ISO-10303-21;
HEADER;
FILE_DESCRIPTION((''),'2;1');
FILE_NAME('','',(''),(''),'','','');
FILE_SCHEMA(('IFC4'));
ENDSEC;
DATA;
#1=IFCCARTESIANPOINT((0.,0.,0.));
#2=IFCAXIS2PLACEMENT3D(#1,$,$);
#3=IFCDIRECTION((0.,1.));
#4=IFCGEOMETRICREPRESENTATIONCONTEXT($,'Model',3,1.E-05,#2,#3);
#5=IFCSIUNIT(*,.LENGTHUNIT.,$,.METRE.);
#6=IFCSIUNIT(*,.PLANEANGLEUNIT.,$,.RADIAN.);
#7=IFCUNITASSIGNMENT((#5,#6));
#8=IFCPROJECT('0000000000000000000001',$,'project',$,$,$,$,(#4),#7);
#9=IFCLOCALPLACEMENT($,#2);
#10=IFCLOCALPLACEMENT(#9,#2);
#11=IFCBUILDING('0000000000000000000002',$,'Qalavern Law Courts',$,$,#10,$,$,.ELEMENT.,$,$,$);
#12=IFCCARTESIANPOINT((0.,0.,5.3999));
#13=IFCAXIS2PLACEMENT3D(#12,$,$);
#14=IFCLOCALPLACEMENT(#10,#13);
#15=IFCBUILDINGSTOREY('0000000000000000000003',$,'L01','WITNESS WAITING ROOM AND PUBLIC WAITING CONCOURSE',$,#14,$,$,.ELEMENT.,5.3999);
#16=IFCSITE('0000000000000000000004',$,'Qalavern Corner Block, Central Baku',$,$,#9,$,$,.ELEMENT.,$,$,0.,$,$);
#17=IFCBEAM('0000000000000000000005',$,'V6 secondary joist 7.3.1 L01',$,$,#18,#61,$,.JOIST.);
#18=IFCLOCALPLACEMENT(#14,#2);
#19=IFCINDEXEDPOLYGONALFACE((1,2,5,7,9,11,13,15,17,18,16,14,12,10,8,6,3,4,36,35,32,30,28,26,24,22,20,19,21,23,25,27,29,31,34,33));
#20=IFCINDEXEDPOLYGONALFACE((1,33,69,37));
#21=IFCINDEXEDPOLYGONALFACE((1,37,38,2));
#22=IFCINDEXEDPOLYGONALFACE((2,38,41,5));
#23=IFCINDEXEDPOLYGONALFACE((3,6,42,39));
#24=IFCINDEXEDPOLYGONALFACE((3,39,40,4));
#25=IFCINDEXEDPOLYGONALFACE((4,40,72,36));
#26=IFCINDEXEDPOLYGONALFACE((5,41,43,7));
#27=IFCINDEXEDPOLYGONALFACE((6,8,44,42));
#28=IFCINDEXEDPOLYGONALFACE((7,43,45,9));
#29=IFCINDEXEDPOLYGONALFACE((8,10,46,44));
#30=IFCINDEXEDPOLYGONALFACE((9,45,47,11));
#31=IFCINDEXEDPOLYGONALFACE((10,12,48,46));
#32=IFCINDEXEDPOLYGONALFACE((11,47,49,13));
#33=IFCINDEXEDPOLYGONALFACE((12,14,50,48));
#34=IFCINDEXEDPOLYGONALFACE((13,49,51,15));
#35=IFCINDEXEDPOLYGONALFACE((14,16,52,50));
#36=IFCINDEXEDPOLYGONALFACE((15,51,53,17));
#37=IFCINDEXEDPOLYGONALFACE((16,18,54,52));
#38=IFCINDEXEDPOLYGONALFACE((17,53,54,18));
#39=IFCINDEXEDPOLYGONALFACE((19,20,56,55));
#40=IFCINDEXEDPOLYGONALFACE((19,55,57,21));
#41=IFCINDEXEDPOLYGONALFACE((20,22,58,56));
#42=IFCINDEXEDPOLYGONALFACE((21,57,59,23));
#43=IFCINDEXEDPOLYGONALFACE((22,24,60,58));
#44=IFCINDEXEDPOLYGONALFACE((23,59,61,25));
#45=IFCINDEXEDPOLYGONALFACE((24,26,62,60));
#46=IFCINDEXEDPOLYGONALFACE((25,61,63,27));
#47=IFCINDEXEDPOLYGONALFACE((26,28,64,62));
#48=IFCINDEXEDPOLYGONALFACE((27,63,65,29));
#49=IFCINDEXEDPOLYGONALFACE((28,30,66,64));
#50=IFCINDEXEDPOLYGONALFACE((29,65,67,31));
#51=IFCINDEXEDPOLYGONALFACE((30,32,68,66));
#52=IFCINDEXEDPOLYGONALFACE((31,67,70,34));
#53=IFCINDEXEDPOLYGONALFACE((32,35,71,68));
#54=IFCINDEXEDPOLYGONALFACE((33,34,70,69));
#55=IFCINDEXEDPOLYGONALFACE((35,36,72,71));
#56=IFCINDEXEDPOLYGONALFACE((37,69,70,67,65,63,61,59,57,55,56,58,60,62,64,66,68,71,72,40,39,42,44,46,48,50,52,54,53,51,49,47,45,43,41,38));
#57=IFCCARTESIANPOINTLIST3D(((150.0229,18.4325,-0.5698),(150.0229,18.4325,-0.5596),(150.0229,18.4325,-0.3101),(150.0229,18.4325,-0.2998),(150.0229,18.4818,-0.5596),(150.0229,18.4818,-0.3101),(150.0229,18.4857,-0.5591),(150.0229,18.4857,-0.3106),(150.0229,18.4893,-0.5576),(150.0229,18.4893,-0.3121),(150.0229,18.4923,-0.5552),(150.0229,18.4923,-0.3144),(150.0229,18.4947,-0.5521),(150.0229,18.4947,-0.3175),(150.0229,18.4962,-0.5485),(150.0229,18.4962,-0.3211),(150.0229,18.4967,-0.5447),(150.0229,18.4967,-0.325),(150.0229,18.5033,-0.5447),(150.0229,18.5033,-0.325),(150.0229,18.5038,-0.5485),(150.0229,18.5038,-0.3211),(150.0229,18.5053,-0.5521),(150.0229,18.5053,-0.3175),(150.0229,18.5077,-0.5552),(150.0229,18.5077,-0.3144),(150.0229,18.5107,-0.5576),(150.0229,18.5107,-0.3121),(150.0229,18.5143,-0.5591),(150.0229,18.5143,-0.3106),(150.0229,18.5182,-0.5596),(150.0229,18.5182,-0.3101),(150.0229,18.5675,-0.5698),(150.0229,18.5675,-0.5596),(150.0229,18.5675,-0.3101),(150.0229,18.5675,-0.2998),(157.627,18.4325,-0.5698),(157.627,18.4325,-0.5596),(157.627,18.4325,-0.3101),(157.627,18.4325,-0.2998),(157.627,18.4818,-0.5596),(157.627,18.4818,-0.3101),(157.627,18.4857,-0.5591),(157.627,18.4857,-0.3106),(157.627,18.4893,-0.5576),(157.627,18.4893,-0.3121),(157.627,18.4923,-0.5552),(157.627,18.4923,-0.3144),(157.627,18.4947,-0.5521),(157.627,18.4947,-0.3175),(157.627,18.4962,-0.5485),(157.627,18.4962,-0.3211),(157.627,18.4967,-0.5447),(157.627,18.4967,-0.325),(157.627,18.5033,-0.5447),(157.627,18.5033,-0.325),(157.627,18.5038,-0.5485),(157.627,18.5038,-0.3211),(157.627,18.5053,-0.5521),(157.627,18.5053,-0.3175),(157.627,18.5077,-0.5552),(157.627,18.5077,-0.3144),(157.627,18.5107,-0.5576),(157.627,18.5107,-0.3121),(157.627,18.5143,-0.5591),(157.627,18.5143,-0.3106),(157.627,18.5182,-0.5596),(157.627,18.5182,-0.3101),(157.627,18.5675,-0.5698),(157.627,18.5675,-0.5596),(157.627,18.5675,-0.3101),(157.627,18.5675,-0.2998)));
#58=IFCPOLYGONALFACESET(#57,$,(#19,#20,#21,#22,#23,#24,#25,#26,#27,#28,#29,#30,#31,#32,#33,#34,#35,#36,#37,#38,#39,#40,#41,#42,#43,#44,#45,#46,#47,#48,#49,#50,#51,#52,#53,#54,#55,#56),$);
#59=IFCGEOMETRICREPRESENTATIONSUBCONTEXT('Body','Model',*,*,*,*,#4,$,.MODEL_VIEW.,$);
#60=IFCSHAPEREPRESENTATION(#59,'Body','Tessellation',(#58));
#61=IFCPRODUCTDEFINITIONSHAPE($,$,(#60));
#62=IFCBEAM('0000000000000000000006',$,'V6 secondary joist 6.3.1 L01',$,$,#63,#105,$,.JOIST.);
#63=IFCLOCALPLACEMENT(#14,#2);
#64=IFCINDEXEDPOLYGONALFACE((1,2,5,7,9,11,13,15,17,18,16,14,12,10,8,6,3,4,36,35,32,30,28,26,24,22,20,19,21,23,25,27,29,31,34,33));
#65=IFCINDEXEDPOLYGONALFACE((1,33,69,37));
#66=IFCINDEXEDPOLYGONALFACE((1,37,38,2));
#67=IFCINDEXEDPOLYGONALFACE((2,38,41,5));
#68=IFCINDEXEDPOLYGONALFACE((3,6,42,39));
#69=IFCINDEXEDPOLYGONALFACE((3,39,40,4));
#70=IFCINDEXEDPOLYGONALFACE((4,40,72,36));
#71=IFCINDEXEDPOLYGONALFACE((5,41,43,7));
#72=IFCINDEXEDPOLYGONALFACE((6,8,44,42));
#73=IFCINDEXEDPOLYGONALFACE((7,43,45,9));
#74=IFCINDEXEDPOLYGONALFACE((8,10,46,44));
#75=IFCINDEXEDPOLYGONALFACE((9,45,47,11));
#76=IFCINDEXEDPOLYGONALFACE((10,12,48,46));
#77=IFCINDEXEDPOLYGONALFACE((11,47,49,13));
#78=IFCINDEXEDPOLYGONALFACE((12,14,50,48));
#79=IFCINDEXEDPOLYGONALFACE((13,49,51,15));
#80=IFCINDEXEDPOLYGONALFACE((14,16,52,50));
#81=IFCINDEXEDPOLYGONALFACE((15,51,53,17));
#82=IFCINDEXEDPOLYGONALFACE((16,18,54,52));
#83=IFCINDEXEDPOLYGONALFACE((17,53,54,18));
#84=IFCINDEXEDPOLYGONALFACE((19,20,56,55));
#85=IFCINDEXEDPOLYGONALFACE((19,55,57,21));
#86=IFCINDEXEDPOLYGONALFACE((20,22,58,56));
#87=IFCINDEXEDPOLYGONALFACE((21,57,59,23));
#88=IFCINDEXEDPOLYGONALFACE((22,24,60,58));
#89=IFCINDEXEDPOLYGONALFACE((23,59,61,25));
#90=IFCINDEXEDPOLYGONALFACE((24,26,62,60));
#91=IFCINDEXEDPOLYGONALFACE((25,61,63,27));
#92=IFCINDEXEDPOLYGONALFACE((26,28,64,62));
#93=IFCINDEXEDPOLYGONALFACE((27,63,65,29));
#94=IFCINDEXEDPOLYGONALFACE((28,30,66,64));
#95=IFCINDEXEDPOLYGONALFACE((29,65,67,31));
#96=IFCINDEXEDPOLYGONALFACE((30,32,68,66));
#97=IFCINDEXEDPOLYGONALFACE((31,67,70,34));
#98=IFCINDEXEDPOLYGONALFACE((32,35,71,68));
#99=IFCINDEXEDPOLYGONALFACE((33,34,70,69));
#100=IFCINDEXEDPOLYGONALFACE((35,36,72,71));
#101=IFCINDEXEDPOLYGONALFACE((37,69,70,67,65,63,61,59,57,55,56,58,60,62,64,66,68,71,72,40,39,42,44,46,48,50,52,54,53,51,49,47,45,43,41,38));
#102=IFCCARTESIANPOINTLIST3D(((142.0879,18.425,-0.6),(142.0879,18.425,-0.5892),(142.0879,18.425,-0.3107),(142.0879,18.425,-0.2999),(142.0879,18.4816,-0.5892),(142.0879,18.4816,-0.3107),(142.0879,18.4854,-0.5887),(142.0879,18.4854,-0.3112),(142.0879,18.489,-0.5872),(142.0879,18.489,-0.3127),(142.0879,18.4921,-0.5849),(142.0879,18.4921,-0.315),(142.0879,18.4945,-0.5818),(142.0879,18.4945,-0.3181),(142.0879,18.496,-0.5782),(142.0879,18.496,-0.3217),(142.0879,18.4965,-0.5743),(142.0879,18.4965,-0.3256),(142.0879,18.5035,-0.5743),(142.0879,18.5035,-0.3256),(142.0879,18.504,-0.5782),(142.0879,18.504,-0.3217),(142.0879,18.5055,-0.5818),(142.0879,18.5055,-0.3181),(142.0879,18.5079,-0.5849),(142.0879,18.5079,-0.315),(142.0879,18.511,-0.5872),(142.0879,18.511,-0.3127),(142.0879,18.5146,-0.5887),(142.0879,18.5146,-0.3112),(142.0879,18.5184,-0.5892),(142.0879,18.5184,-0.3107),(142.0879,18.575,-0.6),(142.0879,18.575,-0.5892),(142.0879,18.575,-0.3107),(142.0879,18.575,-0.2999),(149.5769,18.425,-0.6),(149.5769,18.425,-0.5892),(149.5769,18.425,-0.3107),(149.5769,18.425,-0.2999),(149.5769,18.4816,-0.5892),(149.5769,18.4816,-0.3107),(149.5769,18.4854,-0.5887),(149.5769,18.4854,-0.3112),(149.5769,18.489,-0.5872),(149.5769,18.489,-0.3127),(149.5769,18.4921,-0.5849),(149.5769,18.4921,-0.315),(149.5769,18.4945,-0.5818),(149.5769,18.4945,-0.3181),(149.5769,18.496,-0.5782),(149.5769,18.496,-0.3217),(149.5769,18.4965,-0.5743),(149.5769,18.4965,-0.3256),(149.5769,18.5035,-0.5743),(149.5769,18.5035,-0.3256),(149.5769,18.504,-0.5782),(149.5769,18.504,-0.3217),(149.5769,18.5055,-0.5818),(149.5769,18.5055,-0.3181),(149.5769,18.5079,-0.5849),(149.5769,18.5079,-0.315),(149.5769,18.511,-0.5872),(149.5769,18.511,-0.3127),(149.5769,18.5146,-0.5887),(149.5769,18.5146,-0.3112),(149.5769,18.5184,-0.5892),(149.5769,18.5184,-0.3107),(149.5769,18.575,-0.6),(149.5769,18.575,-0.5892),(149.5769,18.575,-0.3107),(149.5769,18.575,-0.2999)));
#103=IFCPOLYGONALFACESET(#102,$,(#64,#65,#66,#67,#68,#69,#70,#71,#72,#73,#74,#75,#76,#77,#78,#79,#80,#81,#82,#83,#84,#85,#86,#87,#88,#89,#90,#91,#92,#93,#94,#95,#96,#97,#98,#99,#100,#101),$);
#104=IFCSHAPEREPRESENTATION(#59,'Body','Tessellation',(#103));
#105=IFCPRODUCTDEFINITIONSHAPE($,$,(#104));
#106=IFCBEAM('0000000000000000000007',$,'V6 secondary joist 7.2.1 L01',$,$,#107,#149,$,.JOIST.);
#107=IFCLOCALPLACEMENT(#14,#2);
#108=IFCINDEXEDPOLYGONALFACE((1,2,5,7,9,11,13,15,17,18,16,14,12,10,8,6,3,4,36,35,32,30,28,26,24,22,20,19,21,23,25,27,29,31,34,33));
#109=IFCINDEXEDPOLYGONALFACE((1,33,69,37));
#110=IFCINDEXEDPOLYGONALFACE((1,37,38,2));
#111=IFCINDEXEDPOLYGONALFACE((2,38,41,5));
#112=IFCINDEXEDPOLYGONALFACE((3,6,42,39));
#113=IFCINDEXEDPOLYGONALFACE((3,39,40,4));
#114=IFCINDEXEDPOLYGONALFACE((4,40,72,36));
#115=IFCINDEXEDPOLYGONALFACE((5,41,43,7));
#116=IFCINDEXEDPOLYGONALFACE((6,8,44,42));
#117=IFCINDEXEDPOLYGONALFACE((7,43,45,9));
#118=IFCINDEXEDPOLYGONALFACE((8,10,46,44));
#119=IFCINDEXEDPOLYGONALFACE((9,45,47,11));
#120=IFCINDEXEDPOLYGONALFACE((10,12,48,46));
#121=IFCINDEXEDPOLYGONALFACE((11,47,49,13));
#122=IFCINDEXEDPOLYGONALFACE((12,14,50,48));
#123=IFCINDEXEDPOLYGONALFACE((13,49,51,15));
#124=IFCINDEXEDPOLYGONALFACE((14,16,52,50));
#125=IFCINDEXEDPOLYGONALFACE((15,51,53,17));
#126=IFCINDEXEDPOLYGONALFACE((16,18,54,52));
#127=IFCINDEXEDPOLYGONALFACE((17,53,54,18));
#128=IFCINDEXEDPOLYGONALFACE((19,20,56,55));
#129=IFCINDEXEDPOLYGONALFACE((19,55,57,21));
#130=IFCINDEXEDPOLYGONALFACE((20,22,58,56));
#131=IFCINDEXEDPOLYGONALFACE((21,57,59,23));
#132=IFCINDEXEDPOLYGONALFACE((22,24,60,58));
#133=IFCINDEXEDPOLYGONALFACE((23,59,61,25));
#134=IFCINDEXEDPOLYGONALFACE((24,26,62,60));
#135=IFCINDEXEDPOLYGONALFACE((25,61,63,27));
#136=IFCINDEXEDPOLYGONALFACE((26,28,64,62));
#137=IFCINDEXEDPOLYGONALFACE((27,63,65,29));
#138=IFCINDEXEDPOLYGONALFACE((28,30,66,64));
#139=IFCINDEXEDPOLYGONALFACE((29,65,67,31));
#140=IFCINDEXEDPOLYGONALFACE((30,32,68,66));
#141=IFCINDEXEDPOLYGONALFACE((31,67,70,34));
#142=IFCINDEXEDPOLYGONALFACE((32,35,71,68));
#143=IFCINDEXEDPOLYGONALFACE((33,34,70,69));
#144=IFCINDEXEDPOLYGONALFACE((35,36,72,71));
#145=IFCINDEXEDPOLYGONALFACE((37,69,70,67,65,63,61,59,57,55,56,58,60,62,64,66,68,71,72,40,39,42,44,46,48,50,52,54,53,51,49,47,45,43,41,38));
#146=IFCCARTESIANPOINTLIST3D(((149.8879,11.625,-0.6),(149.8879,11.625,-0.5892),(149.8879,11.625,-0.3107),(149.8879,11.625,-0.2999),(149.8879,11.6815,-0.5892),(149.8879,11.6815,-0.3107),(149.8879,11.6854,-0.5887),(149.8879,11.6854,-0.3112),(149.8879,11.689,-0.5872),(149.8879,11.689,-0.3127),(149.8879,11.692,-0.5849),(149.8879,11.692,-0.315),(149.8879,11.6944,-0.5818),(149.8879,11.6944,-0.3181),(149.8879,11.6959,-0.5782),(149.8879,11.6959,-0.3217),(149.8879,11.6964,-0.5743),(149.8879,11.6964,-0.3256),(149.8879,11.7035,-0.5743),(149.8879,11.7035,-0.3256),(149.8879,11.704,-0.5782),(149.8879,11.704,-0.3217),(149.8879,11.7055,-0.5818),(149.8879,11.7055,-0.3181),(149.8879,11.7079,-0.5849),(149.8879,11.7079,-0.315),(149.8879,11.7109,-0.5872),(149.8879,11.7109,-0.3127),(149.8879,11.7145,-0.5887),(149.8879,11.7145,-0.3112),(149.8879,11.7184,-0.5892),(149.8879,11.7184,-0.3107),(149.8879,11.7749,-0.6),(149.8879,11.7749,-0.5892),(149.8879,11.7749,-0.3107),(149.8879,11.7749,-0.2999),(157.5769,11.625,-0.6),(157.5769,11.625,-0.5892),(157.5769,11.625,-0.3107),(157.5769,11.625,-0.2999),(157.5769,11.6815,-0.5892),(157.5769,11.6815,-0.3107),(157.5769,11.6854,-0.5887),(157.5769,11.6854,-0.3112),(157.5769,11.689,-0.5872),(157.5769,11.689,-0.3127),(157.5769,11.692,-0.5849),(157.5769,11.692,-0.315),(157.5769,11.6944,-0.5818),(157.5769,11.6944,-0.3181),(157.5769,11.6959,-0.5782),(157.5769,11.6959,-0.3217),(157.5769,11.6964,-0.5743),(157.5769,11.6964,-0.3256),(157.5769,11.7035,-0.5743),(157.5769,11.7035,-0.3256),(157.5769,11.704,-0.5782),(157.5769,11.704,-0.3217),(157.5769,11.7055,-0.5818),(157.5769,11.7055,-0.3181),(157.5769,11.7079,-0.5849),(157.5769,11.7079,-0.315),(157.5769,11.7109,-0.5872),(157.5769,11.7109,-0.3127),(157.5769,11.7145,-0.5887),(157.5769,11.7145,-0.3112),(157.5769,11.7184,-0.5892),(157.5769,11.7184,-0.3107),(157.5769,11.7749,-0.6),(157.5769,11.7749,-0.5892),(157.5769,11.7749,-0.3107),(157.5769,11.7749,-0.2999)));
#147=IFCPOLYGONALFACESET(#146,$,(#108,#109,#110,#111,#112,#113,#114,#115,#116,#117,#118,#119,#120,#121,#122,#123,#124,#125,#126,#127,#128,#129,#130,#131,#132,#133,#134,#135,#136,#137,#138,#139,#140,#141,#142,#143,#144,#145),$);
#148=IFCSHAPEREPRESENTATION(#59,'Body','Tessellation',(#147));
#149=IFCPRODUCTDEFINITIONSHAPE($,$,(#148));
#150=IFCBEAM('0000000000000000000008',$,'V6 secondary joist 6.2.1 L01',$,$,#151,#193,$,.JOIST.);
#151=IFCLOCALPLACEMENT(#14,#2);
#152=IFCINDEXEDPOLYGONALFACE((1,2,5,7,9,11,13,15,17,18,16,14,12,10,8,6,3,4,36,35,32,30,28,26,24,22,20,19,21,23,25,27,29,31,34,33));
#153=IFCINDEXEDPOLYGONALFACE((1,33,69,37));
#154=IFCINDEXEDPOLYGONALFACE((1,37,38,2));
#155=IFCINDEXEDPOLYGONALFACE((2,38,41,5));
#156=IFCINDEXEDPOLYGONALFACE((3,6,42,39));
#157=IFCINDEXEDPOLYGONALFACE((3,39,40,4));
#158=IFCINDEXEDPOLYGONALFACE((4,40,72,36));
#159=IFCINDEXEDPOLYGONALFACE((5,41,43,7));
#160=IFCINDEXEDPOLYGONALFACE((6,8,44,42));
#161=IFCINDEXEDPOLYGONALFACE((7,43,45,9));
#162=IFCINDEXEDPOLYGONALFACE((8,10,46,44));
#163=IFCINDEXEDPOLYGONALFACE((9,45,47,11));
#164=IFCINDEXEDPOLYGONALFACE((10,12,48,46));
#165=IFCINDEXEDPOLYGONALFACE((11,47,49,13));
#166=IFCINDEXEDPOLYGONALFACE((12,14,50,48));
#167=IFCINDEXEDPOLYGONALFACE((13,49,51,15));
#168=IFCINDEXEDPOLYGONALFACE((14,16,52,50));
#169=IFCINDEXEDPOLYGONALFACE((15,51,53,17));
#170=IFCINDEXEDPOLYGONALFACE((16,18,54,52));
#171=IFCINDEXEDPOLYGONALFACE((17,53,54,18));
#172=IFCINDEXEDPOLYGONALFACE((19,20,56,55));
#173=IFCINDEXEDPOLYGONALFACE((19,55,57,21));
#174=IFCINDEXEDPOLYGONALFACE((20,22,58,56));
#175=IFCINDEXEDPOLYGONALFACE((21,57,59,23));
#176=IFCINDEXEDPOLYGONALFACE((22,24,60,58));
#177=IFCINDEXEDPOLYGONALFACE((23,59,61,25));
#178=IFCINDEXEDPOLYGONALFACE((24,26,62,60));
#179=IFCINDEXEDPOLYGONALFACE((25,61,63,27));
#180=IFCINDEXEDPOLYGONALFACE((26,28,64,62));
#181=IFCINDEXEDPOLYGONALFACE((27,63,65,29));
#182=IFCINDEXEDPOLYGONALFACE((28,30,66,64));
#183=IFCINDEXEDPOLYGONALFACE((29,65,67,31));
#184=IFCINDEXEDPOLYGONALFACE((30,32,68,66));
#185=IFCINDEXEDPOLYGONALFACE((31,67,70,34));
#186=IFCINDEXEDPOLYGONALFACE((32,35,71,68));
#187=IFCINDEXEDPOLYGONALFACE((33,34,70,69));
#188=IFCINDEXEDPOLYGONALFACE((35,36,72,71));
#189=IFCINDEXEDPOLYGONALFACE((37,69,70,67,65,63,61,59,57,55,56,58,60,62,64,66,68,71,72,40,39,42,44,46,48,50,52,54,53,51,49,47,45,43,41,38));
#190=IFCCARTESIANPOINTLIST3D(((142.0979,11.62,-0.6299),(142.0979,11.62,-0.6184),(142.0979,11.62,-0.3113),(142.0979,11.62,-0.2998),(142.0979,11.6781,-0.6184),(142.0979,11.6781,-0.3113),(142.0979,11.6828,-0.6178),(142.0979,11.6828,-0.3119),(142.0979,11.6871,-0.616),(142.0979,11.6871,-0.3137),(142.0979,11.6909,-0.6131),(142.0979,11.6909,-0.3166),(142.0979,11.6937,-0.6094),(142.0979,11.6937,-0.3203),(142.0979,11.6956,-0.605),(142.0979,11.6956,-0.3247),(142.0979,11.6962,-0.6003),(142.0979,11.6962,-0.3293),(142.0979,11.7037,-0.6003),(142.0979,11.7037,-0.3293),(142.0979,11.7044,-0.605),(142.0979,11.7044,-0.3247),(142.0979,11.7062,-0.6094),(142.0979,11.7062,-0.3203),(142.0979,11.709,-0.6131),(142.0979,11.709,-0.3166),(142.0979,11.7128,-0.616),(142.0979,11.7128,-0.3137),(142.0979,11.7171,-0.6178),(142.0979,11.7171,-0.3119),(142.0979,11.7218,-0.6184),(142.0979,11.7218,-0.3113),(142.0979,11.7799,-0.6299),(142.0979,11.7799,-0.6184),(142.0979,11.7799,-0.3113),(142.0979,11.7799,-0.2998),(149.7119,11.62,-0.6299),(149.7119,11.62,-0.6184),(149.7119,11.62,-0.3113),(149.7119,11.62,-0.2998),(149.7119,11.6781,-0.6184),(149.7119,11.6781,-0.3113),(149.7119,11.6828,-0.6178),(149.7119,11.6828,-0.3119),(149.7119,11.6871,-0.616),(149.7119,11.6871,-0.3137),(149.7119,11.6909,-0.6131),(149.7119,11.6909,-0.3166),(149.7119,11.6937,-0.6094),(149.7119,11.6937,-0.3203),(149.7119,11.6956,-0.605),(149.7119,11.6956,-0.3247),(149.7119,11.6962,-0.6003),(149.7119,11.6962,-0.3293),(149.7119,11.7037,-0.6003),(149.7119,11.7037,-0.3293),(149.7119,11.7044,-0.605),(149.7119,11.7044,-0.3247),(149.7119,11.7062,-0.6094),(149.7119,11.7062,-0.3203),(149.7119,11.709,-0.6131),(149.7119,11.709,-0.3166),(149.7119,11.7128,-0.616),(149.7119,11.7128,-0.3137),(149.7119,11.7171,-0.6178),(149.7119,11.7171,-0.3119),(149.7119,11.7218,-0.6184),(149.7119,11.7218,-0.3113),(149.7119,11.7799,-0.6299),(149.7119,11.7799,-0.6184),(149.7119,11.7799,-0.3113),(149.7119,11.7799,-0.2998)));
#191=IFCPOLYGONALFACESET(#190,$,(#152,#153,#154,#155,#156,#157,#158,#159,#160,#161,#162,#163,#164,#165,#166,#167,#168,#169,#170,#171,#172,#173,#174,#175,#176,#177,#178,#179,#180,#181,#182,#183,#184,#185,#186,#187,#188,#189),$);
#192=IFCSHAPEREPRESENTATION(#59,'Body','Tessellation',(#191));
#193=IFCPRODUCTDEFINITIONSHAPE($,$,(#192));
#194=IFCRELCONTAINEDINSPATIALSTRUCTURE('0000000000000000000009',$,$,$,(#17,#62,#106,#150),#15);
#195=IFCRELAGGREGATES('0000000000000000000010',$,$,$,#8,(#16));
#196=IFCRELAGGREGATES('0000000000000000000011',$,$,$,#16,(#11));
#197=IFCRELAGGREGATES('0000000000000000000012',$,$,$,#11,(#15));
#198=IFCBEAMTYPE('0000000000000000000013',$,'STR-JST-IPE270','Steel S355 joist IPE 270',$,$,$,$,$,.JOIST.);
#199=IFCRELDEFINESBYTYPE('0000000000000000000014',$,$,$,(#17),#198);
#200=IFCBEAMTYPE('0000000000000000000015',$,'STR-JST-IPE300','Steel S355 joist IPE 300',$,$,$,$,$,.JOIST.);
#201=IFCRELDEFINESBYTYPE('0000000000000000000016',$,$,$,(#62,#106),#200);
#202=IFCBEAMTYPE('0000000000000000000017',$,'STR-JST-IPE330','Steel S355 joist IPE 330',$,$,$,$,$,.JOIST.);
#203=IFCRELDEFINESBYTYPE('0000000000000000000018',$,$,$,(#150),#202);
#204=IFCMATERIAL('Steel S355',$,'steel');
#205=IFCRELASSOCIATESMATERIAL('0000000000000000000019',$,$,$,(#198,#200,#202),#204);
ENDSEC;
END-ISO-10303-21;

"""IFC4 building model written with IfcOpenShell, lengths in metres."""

from ifc_helpers import new_model, si_unit, direction, frame, origin, origin_2d, place, context, subcontext, project, spatial, i_section, extrude, material, material_profile, profile_set, type_object, element, save


model = new_model("IFC4")

# Units and contexts
model_context = context("Model", 3, precision=1e-05, world=origin(), true_north=direction((0.0, 1.0)))
body_context = subcontext(model_context, "Body", "Model", "MODEL_VIEW")
ifc_project = project(units=[si_unit("LENGTHUNIT", "METRE"), si_unit("PLANEANGLEUNIT", "RADIAN")], contexts=[model_context])

# Site, building, storey
site_placement = place(None, origin())
site = spatial("IfcSite", under=ifc_project, at=site_placement, Name="Qalavern Corner Block, Central Baku", CompositionType="ELEMENT", RefElevation=0.0)
building_placement = place(site_placement, origin())
building = spatial("IfcBuilding", under=site, at=building_placement, Name="Qalavern Law Courts", CompositionType="ELEMENT")
storey_placement = place(building_placement, frame((0.0, 0.0, 5.3999)))
storey = spatial("IfcBuildingStorey", under=building, at=storey_placement, Name="L01", Description="WITNESS WAITING ROOM AND PUBLIC WAITING CONCOURSE", CompositionType="ELEMENT", Elevation=5.3999)

# Beams
ifc_material_1 = material(Name="Steel S355", Category="steel")
ifc_material_profile_1 = material_profile(ifc_material_1, i_section(OverallWidth=0.135, OverallDepth=0.27, WebThickness=0.0066, FlangeThickness=0.0103, FilletRadius=0.0149, at=origin_2d()), Name="IPE 270")
ifc_profile_set_1 = profile_set([ifc_material_profile_1], Name="Steel S355")
beam_type_1 = type_object("IfcBeamType", Name="STR-JST-IPE270", Description="Steel S355 joist IPE 270", PredefinedType="JOIST", material=ifc_profile_set_1)
beam_1_placement = place(storey_placement, frame((150.0229, 18.5, -0.4348), z_axis=(1.0, 0.0, 0.0), x_axis=(0.0, 1.0, 0.0)))
element("IfcBeam", 1, at=beam_1_placement, inside=storey, type_object=beam_type_1, Name="V6 secondary joist 7.3.1 L01", PredefinedType="JOIST", context=body_context, shape_type="SweptSolid", body=[
    extrude(i_section(OverallWidth=0.135, OverallDepth=0.27, WebThickness=0.0066, FlangeThickness=0.0103, FilletRadius=0.0149, at=origin_2d()), origin(), (0.0, 0.0, 1.0), 7.604),
])
ifc_material_profile_2 = material_profile(ifc_material_1, i_section(OverallWidth=0.1499, OverallDepth=0.3, WebThickness=0.0071, FlangeThickness=0.0107, FilletRadius=0.0149, at=origin_2d()), Name="IPE 300")
ifc_profile_set_2 = profile_set([ifc_material_profile_2], Name="Steel S355")
beam_type_2 = type_object("IfcBeamType", Name="STR-JST-IPE300", Description="Steel S355 joist IPE 300", PredefinedType="JOIST", material=ifc_profile_set_2)
beam_2_placement = place(storey_placement, frame((142.0879, 18.5, -0.45), z_axis=(1.0, 0.0, 0.0), x_axis=(0.0, 1.0, 0.0)))
element("IfcBeam", 2, at=beam_2_placement, inside=storey, type_object=beam_type_2, Name="V6 secondary joist 6.3.1 L01", PredefinedType="JOIST", context=body_context, shape_type="SweptSolid", body=[
    extrude(i_section(OverallWidth=0.1499, OverallDepth=0.3, WebThickness=0.0071, FlangeThickness=0.0107, FilletRadius=0.0149, at=origin_2d()), origin(), (0.0, 0.0, 1.0), 7.489),
])
beam_3_placement = place(storey_placement, frame((149.8879, 11.7, -0.45), z_axis=(1.0, 0.0, 0.0), x_axis=(0.0, 1.0, 0.0)))
element("IfcBeam", 3, at=beam_3_placement, inside=storey, type_object=beam_type_2, Name="V6 secondary joist 7.2.1 L01", PredefinedType="JOIST", context=body_context, shape_type="SweptSolid", body=[
    extrude(i_section(OverallWidth=0.1499, OverallDepth=0.3, WebThickness=0.0071, FlangeThickness=0.0107, FilletRadius=0.0149, at=origin_2d()), origin(), (0.0, 0.0, 1.0), 7.689),
])
ifc_material_profile_3 = material_profile(ifc_material_1, i_section(OverallWidth=0.1599, OverallDepth=0.3301, WebThickness=0.0076, FlangeThickness=0.0115, FilletRadius=0.0181, at=origin_2d()), Name="IPE 330")
ifc_profile_set_3 = profile_set([ifc_material_profile_3], Name="Steel S355")
beam_type_3 = type_object("IfcBeamType", Name="STR-JST-IPE330", Description="Steel S355 joist IPE 330", PredefinedType="JOIST", material=ifc_profile_set_3)
beam_4_placement = place(storey_placement, frame((142.0979, 11.7, -0.4648), z_axis=(1.0, 0.0, 0.0), x_axis=(0.0, 1.0, 0.0)))
element("IfcBeam", 4, at=beam_4_placement, inside=storey, type_object=beam_type_3, Name="V6 secondary joist 6.2.1 L01", PredefinedType="JOIST", context=body_context, shape_type="SweptSolid", body=[
    extrude(i_section(OverallWidth=0.1599, OverallDepth=0.3301, WebThickness=0.0076, FlangeThickness=0.0115, FilletRadius=0.0181, at=origin_2d()), origin(), (0.0, 0.0, 1.0), 7.614),
])

save(model, "model.ifc")
